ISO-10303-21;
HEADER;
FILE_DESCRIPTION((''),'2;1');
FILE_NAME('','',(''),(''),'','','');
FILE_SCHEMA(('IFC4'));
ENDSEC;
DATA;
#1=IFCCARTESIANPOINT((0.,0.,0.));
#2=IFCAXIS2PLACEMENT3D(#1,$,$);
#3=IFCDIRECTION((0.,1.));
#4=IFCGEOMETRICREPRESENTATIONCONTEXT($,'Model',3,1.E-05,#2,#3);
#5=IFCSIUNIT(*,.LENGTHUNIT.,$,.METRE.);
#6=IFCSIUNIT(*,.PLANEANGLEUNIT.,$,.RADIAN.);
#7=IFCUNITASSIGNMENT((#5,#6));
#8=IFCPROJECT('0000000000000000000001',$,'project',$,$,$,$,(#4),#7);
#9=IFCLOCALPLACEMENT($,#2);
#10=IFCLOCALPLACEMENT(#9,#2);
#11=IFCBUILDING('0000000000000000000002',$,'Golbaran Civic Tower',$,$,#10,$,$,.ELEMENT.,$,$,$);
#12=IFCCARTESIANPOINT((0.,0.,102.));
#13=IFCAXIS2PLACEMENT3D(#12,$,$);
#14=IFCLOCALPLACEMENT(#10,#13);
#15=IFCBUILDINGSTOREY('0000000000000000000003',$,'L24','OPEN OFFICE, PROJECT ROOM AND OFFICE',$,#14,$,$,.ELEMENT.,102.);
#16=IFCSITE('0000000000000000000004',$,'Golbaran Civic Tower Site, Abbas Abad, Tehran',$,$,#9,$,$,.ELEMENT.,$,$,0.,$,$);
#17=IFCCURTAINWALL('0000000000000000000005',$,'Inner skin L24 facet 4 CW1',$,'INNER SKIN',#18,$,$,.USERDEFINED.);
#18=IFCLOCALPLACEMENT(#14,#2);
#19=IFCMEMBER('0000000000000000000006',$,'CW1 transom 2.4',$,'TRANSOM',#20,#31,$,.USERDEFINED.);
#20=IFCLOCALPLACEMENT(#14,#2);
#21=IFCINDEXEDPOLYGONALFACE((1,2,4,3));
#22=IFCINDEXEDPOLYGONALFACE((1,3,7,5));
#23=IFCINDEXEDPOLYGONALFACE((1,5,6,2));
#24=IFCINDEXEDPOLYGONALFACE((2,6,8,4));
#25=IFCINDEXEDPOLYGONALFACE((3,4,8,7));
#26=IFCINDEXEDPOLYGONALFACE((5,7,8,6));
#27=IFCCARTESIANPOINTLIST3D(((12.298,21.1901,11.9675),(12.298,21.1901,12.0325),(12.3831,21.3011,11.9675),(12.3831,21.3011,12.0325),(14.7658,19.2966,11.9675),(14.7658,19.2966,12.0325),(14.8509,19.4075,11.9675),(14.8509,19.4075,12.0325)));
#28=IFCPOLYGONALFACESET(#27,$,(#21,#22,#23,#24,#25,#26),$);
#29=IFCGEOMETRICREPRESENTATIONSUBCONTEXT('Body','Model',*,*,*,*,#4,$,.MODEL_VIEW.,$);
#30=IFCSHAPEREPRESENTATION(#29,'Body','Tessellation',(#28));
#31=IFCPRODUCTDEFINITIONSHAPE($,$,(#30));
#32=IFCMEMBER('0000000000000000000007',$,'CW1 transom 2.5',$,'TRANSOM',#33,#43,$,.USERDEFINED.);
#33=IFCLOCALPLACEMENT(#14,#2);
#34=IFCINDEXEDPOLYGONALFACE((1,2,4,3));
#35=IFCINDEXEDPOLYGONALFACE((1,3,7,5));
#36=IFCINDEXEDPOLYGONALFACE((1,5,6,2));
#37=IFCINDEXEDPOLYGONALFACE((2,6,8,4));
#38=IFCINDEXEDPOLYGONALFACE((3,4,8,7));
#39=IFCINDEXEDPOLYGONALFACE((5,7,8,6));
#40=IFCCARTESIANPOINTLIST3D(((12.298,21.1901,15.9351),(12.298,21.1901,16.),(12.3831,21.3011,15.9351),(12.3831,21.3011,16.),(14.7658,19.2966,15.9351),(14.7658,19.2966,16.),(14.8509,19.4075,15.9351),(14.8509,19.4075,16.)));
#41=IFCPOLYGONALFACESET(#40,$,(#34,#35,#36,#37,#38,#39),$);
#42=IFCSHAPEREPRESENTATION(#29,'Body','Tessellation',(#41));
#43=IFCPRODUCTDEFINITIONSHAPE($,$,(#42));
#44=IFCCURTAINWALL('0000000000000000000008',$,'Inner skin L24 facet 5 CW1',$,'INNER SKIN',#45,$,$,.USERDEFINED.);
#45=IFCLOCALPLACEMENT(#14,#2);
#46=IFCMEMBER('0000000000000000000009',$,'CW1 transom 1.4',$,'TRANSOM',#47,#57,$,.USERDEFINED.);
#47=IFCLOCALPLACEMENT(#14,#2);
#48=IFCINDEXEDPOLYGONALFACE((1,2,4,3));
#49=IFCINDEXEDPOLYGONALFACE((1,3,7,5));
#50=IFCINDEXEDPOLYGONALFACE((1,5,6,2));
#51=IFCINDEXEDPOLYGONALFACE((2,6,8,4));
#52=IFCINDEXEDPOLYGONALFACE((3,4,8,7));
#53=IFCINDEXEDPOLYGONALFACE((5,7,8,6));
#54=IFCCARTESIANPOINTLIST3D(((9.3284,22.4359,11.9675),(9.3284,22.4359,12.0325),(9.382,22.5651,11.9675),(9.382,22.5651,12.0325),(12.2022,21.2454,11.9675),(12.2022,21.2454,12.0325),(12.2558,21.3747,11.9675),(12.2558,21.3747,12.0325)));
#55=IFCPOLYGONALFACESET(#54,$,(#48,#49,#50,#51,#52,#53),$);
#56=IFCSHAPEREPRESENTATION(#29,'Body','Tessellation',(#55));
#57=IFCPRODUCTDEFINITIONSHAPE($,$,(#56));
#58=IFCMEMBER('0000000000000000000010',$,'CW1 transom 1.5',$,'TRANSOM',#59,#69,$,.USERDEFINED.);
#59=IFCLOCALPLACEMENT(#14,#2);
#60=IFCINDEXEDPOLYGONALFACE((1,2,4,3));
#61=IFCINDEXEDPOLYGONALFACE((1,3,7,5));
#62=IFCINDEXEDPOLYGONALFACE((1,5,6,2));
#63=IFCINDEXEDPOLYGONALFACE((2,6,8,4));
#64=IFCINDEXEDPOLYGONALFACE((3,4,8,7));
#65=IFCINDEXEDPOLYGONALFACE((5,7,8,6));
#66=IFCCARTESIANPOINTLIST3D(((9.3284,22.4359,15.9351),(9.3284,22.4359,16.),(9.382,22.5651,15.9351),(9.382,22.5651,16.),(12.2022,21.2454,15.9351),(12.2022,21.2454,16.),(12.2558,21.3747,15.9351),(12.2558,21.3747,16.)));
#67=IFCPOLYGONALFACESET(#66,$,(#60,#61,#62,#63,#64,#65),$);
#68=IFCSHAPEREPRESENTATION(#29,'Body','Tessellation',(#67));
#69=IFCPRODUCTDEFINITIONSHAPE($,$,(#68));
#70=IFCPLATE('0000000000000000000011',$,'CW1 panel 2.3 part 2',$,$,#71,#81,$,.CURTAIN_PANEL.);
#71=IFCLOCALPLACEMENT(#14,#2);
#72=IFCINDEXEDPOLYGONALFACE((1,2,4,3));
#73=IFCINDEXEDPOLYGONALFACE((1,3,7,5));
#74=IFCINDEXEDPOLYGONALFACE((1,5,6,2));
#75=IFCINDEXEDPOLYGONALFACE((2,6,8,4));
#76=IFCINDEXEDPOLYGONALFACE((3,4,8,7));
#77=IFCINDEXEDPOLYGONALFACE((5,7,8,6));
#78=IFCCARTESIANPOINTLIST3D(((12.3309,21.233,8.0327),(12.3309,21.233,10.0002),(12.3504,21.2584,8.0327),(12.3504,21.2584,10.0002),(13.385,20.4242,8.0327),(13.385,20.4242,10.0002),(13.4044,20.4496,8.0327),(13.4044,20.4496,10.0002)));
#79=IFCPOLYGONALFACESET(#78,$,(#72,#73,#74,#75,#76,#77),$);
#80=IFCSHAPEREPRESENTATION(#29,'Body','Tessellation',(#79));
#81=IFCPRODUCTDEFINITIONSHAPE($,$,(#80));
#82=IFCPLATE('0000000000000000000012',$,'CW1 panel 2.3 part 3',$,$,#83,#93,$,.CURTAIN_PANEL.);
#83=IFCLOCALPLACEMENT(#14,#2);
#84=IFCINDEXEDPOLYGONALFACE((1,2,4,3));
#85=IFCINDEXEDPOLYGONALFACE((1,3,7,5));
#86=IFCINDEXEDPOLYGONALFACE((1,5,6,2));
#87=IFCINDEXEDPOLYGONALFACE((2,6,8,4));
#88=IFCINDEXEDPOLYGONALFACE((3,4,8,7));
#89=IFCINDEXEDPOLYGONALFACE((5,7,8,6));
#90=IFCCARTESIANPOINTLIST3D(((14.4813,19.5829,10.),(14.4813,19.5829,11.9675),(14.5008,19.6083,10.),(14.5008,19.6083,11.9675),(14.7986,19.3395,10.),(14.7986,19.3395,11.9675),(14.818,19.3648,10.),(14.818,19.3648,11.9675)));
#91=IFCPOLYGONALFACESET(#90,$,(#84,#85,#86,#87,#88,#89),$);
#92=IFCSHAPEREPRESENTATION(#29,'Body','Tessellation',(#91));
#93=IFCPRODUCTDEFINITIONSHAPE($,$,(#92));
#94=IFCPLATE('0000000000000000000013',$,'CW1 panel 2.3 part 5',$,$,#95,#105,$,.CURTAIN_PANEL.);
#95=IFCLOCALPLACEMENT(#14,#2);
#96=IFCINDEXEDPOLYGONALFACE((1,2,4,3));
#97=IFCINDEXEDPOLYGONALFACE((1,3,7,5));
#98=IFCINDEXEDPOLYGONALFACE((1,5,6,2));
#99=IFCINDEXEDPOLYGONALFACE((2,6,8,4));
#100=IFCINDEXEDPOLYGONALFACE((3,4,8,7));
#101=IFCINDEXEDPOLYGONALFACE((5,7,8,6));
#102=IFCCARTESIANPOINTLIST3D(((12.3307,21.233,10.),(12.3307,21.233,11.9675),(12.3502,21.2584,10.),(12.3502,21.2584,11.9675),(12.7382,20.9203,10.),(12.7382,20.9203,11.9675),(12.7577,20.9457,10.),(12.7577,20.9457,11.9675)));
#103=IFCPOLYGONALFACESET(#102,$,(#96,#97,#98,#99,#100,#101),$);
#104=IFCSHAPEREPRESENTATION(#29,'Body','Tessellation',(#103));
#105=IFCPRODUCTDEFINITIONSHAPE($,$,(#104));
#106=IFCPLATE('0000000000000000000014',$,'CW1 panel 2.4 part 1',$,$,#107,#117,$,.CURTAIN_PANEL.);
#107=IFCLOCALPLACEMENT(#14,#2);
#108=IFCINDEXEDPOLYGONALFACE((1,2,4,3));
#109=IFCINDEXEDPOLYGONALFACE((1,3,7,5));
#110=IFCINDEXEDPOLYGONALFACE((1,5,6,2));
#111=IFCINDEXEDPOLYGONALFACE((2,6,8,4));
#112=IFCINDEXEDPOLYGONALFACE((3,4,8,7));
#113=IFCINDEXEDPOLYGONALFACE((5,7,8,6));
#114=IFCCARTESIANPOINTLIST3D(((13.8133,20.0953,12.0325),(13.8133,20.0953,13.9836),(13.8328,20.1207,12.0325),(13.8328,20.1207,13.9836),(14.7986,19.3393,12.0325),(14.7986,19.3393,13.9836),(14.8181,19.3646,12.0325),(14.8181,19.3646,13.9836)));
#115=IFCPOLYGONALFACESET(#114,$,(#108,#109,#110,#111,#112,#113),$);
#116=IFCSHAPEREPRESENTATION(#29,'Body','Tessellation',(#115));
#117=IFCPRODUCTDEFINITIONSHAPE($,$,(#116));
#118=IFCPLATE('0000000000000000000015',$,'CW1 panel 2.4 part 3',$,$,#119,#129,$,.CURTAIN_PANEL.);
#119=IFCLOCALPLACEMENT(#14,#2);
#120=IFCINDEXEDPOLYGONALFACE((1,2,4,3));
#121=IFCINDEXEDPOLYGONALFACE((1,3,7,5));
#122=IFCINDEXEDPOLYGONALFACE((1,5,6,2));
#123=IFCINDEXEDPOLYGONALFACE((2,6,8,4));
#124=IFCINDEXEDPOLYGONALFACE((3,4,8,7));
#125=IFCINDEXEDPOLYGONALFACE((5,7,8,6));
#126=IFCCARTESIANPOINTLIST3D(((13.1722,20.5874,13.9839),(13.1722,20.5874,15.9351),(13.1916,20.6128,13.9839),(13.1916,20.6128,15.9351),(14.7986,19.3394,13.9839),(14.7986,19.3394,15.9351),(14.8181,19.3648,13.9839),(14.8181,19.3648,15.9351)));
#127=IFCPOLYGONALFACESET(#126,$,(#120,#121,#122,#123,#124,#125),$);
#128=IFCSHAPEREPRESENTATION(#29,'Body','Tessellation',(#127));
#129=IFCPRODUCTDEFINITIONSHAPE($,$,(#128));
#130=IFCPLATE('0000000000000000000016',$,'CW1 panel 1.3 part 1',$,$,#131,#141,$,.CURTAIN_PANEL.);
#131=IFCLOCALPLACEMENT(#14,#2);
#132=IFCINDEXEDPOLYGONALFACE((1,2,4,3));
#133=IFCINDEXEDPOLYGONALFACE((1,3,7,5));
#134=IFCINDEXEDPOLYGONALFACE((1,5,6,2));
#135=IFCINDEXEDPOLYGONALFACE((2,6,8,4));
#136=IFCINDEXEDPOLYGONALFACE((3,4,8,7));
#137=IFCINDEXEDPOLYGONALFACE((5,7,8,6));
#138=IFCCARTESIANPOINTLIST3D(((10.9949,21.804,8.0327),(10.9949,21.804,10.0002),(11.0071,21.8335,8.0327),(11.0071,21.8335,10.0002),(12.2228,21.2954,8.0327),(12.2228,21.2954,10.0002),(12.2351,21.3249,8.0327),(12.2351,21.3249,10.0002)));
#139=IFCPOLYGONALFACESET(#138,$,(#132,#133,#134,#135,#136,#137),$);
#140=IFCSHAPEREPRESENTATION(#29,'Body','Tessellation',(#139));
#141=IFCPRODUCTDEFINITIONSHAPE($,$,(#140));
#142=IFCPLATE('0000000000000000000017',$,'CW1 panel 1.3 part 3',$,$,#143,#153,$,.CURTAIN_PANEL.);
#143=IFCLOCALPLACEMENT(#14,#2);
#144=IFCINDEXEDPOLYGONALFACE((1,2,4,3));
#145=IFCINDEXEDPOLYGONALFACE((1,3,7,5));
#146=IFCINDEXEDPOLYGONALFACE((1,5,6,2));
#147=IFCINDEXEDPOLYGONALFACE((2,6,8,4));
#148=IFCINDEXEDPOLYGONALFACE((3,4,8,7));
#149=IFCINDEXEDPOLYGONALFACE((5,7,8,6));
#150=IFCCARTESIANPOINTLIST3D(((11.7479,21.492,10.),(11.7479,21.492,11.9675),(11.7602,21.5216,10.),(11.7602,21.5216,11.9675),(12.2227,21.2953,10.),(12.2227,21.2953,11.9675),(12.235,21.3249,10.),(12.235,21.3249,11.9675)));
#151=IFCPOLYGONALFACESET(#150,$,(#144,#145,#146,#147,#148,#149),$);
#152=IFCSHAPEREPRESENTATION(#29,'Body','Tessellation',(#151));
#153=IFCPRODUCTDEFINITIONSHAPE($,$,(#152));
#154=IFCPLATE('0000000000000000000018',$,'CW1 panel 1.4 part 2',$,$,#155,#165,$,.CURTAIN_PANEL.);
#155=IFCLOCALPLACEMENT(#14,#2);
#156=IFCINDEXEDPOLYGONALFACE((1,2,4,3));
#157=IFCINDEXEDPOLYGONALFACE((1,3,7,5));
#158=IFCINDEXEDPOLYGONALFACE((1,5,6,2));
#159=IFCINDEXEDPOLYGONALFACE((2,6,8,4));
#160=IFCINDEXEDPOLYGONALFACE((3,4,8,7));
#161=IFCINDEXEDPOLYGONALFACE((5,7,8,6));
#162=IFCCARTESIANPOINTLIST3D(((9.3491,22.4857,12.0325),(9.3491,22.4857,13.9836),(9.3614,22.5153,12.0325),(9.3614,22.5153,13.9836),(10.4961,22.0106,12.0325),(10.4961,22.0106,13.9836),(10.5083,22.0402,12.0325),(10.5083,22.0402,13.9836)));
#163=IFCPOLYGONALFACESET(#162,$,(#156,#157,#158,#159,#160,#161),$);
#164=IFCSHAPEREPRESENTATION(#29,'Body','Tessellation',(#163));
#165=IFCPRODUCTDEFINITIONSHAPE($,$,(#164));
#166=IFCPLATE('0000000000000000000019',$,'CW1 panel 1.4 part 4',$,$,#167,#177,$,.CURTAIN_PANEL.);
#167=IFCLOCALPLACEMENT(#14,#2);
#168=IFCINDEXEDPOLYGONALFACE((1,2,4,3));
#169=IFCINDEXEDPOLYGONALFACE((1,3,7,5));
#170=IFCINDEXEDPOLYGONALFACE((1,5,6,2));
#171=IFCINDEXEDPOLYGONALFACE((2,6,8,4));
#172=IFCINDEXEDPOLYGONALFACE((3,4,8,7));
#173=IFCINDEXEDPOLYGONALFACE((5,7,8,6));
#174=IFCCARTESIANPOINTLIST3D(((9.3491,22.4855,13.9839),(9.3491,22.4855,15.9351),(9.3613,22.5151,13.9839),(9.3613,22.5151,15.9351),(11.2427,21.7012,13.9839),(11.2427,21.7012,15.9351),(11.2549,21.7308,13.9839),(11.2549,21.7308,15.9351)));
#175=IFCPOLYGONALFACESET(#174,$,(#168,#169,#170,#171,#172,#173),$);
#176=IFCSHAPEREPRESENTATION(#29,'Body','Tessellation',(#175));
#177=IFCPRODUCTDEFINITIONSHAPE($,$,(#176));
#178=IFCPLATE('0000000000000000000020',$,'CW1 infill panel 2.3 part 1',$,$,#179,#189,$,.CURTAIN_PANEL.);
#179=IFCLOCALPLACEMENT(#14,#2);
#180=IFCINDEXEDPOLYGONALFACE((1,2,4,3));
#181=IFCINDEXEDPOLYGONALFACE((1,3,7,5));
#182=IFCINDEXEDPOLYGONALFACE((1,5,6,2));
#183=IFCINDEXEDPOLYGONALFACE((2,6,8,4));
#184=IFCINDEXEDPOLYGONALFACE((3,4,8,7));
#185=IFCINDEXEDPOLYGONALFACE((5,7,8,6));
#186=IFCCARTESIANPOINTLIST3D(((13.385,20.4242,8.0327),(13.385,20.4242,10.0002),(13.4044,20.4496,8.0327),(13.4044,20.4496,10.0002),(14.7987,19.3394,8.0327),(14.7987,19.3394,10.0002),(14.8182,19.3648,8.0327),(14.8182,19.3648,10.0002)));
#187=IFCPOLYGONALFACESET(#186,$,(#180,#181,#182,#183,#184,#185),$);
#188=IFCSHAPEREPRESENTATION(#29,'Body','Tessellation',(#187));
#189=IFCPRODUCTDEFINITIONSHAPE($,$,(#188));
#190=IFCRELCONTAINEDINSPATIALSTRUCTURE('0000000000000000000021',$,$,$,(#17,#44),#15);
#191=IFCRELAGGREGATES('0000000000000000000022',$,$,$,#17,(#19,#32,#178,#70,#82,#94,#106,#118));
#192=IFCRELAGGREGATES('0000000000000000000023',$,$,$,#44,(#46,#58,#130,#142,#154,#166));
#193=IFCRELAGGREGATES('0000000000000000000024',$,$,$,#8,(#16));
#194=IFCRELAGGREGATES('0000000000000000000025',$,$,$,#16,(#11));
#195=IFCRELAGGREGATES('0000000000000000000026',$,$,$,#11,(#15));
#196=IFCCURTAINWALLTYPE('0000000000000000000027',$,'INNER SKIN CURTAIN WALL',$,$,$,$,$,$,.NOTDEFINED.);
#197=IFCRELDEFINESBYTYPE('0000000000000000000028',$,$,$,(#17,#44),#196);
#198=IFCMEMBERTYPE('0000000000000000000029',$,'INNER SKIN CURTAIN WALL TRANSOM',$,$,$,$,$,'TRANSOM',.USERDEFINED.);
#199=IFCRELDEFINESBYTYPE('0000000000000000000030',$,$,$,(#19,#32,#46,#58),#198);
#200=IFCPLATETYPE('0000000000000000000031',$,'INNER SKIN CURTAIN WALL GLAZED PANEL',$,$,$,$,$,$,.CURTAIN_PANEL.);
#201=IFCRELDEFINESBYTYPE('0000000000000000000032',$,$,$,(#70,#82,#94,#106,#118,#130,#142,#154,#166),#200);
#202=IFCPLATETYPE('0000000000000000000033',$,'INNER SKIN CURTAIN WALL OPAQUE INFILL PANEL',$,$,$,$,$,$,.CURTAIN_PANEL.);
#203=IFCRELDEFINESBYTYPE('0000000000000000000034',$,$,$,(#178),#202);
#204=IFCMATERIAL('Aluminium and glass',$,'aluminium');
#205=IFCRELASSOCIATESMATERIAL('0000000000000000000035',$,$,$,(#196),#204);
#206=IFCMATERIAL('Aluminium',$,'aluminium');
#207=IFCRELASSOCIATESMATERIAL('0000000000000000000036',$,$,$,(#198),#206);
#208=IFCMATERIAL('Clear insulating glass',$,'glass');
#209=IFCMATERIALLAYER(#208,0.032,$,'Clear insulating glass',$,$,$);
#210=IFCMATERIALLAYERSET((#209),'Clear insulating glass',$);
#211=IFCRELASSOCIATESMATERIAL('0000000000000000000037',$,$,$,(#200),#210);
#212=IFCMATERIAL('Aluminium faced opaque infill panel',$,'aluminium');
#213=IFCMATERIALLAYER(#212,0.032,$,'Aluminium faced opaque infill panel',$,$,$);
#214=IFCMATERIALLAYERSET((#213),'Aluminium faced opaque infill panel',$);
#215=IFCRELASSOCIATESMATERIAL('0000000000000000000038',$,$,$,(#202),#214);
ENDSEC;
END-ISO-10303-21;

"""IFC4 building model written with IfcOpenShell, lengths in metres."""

from ifc_helpers import new_model, si_unit, direction, frame, origin, origin_2d, place, context, subcontext, project, spatial, rectangle, extrude, material, layer, layer_set, material_profile, profile_set, type_object, element, aggregate, save


model = new_model("IFC4")

# Units and contexts
model_context = context("Model", 3, precision=1e-05, world=origin(), true_north=direction((0.0, 1.0)))
body_context = subcontext(model_context, "Body", "Model", "MODEL_VIEW")
ifc_project = project(units=[si_unit("LENGTHUNIT", "METRE"), si_unit("PLANEANGLEUNIT", "RADIAN")], contexts=[model_context])

# Site, building, storey
site_placement = place(None, origin())
site = spatial("IfcSite", under=ifc_project, at=site_placement, Name="Golbaran Civic Tower Site, Abbas Abad, Tehran", CompositionType="ELEMENT", RefElevation=0.0)
building_placement = place(site_placement, origin())
building = spatial("IfcBuilding", under=site, at=building_placement, Name="Golbaran Civic Tower", CompositionType="ELEMENT")
storey_placement = place(building_placement, frame((0.0, 0.0, 102.0)))
storey = spatial("IfcBuildingStorey", under=building, at=storey_placement, Name="L24", Description="OPEN OFFICE, PROJECT ROOM AND OFFICE", CompositionType="ELEMENT", Elevation=102.0)

# Curtain walls, members
ifc_material_1 = material(Name="Aluminium and glass", Category="aluminium")
curtain_wall_type_1 = type_object("IfcCurtainWallType", Name="INNER SKIN CURTAIN WALL", PredefinedType="NOTDEFINED", material=ifc_material_1)
curtain_wall_1_placement = place(storey_placement, origin())
curtain_wall_1 = element("IfcCurtainWall", 1, at=curtain_wall_1_placement, inside=storey, type_object=curtain_wall_type_1, Name="Inner skin L24 facet 4 CW1", ObjectType="INNER SKIN", PredefinedType="USERDEFINED")
ifc_material_2 = material(Name="Aluminium", Category="aluminium")
ifc_material_profile = material_profile(ifc_material_2, rectangle(XDim=0.1399, YDim=0.0649, at=origin_2d()), Name="INNER SKIN CURTAIN WALL TRANSOM")
ifc_profile_set = profile_set([ifc_material_profile], Name="Aluminium")
member_type = type_object("IfcMemberType", Name="INNER SKIN CURTAIN WALL TRANSOM", ElementType="TRANSOM", PredefinedType="USERDEFINED", material=ifc_profile_set)
member_1_placement = place(storey_placement, frame((14.8083, 19.3521, 12.0), z_axis=(-0.793359, 0.608754, 0.0), x_axis=(-0.608754, -0.793359, 0.0)))
member_1 = element("IfcMember", 2, at=member_1_placement, type_object=member_type, Name="CW1 transom 2.4", ObjectType="TRANSOM", PredefinedType="USERDEFINED", context=body_context, shape_type="SweptSolid", body=[
    extrude(rectangle(XDim=0.1399, YDim=0.0649, at=origin_2d()), origin(), (0.0, 0.0, 1.0), 3.1106),
])
member_2_placement = place(storey_placement, frame((14.8083, 19.3521, 15.9675), z_axis=(-0.793359, 0.608754, 0.0), x_axis=(-0.608754, -0.793359, 0.0)))
member_2 = element("IfcMember", 3, at=member_2_placement, type_object=member_type, Name="CW1 transom 2.5", ObjectType="TRANSOM", PredefinedType="USERDEFINED", context=body_context, shape_type="SweptSolid", body=[
    extrude(rectangle(XDim=0.1399, YDim=0.0649, at=origin_2d()), origin(), (0.0, 0.0, 1.0), 3.1106),
])
curtain_wall_2_placement = place(storey_placement, origin())
curtain_wall_2 = element("IfcCurtainWall", 4, at=curtain_wall_2_placement, inside=storey, type_object=curtain_wall_type_1, Name="Inner skin L24 facet 5 CW1", ObjectType="INNER SKIN", PredefinedType="USERDEFINED")
member_3_placement = place(storey_placement, frame((12.229, 21.3101, 12.0), z_axis=(-0.923871, 0.382703, 0.0), x_axis=(-0.382703, -0.923871, 0.0)))
member_3 = element("IfcMember", 5, at=member_3_placement, type_object=member_type, Name="CW1 transom 1.4", ObjectType="TRANSOM", PredefinedType="USERDEFINED", context=body_context, shape_type="SweptSolid", body=[
    extrude(rectangle(XDim=0.1399, YDim=0.0649, at=origin_2d()), origin(), (0.0, 0.0, 1.0), 3.1106),
])
member_4_placement = place(storey_placement, frame((12.229, 21.3101, 15.9675), z_axis=(-0.923871, 0.382703, 0.0), x_axis=(-0.382703, -0.923871, 0.0)))
member_4 = element("IfcMember", 6, at=member_4_placement, type_object=member_type, Name="CW1 transom 1.5", ObjectType="TRANSOM", PredefinedType="USERDEFINED", context=body_context, shape_type="SweptSolid", body=[
    extrude(rectangle(XDim=0.1399, YDim=0.0649, at=origin_2d()), origin(), (0.0, 0.0, 1.0), 3.1106),
])

# Plates
ifc_material_3 = material(Name="Clear insulating glass", Category="glass")
ifc_layer_1 = layer(ifc_material_3, 0.032, Name="Clear insulating glass")
ifc_layer_set_1 = layer_set([ifc_layer_1], Name="Clear insulating glass")
plate_type_1 = type_object("IfcPlateType", Name="INNER SKIN CURTAIN WALL GLAZED PANEL", PredefinedType="CURTAIN_PANEL", material=ifc_layer_set_1)
plate_1_placement = place(storey_placement, frame((12.8677, 20.8413, 8.0327), z_axis=(0.0, 0.0, 1.0), x_axis=(-0.793353, 0.608761, 0.0)))
plate_1 = element("IfcPlate", 7, at=plate_1_placement, type_object=plate_type_1, Name="CW1 panel 2.3 part 2", PredefinedType="CURTAIN_PANEL", context=body_context, shape_type="SweptSolid", body=[
    extrude(rectangle(XDim=1.3286, YDim=0.032, at=origin_2d()), origin(), (0.0, 0.0, 1.0), 1.9675),
])
plate_2_placement = place(storey_placement, frame((14.6497, 19.4739, 10.0), z_axis=(0.0, 0.0, 1.0), x_axis=(-0.793353, 0.608761, 0.0)))
plate_2 = element("IfcPlate", 8, at=plate_2_placement, type_object=plate_type_1, Name="CW1 panel 2.3 part 3", PredefinedType="CURTAIN_PANEL", context=body_context, shape_type="SweptSolid", body=[
    extrude(rectangle(XDim=0.3999, YDim=0.032, at=origin_2d()), origin(), (0.0, 0.0, 1.0), 1.9675),
])
plate_3_placement = place(storey_placement, frame((12.5442, 21.0894, 10.0), z_axis=(0.0, 0.0, 1.0), x_axis=(-0.793353, 0.608761, 0.0)))
plate_3 = element("IfcPlate", 9, at=plate_3_placement, type_object=plate_type_1, Name="CW1 panel 2.3 part 5", PredefinedType="CURTAIN_PANEL", context=body_context, shape_type="SweptSolid", body=[
    extrude(rectangle(XDim=0.5137, YDim=0.032, at=origin_2d()), origin(), (0.0, 0.0, 1.0), 1.9675),
])
plate_4_placement = place(storey_placement, frame((14.3157, 19.73, 12.0325), z_axis=(0.0, 0.0, 1.0), x_axis=(-0.793353, 0.608761, 0.0)))
plate_4 = element("IfcPlate", 10, at=plate_4_placement, type_object=plate_type_1, Name="CW1 panel 2.4 part 1", PredefinedType="CURTAIN_PANEL", context=body_context, shape_type="SweptSolid", body=[
    extrude(rectangle(XDim=1.2419, YDim=0.032, at=origin_2d()), origin(), (0.0, 0.0, 1.0), 1.9512),
])
plate_5_placement = place(storey_placement, frame((13.9951, 19.9761, 13.9839), z_axis=(0.0, 0.0, 1.0), x_axis=(-0.793353, 0.608761, 0.0)))
plate_5 = element("IfcPlate", 11, at=plate_5_placement, type_object=plate_type_1, Name="CW1 panel 2.4 part 3", PredefinedType="CURTAIN_PANEL", context=body_context, shape_type="SweptSolid", body=[
    extrude(rectangle(XDim=2.05, YDim=0.032, at=origin_2d()), origin(), (0.0, 0.0, 1.0), 1.9512),
])
plate_6_placement = place(storey_placement, frame((11.615, 21.5645, 8.0327), z_axis=(0.0, 0.0, 1.0), x_axis=(-0.92388, 0.382683, 0.0)))
plate_6 = element("IfcPlate", 12, at=plate_6_placement, type_object=plate_type_1, Name="CW1 panel 1.3 part 1", PredefinedType="CURTAIN_PANEL", context=body_context, shape_type="SweptSolid", body=[
    extrude(rectangle(XDim=1.3291, YDim=0.032, at=origin_2d()), origin(), (0.0, 0.0, 1.0), 1.9675),
])
plate_7_placement = place(storey_placement, frame((11.9915, 21.4084, 10.0), z_axis=(0.0, 0.0, 1.0), x_axis=(-0.92388, 0.382683, 0.0)))
plate_7 = element("IfcPlate", 13, at=plate_7_placement, type_object=plate_type_1, Name="CW1 panel 1.3 part 3", PredefinedType="CURTAIN_PANEL", context=body_context, shape_type="SweptSolid", body=[
    extrude(rectangle(XDim=0.5139, YDim=0.032, at=origin_2d()), origin(), (0.0, 0.0, 1.0), 1.9675),
])
plate_8_placement = place(storey_placement, frame((9.9287, 22.2629, 12.0325), z_axis=(0.0, 0.0, 1.0), x_axis=(-0.92388, 0.382683, 0.0)))
plate_8 = element("IfcPlate", 14, at=plate_8_placement, type_object=plate_type_1, Name="CW1 panel 1.4 part 2", PredefinedType="CURTAIN_PANEL", context=body_context, shape_type="SweptSolid", body=[
    extrude(rectangle(XDim=1.2415, YDim=0.032, at=origin_2d()), origin(), (0.0, 0.0, 1.0), 1.9512),
])
plate_9_placement = place(storey_placement, frame((10.302, 22.1082, 13.9839), z_axis=(0.0, 0.0, 1.0), x_axis=(-0.92388, 0.382683, 0.0)))
plate_9 = element("IfcPlate", 15, at=plate_9_placement, type_object=plate_type_1, Name="CW1 panel 1.4 part 4", PredefinedType="CURTAIN_PANEL", context=body_context, shape_type="SweptSolid", body=[
    extrude(rectangle(XDim=2.0496, YDim=0.032, at=origin_2d()), origin(), (0.0, 0.0, 1.0), 1.9512),
])
ifc_material_4 = material(Name="Aluminium faced opaque infill panel", Category="aluminium")
ifc_layer_2 = layer(ifc_material_4, 0.032, Name="Aluminium faced opaque infill panel")
ifc_layer_set_2 = layer_set([ifc_layer_2], Name="Aluminium faced opaque infill panel")
plate_type_2 = type_object("IfcPlateType", Name="INNER SKIN CURTAIN WALL OPAQUE INFILL PANEL", PredefinedType="CURTAIN_PANEL", material=ifc_layer_set_2)
plate_10_placement = place(storey_placement, frame((14.1016, 19.8945, 8.0327), z_axis=(0.0, 0.0, 1.0), x_axis=(-0.793353, 0.608761, 0.0)))
plate_10 = element("IfcPlate", 16, at=plate_10_placement, type_object=plate_type_2, Name="CW1 infill panel 2.3 part 1", PredefinedType="CURTAIN_PANEL", context=body_context, shape_type="SweptSolid", body=[
    extrude(rectangle(XDim=1.782, YDim=0.032, at=origin_2d()), origin(), (0.0, 0.0, 1.0), 1.9675),
])
aggregate(curtain_wall_1, [member_1, member_2, plate_10, plate_1, plate_2, plate_3, plate_4, plate_5])
aggregate(curtain_wall_2, [member_3, member_4, plate_6, plate_7, plate_8, plate_9])

save(model, "model.ifc")
